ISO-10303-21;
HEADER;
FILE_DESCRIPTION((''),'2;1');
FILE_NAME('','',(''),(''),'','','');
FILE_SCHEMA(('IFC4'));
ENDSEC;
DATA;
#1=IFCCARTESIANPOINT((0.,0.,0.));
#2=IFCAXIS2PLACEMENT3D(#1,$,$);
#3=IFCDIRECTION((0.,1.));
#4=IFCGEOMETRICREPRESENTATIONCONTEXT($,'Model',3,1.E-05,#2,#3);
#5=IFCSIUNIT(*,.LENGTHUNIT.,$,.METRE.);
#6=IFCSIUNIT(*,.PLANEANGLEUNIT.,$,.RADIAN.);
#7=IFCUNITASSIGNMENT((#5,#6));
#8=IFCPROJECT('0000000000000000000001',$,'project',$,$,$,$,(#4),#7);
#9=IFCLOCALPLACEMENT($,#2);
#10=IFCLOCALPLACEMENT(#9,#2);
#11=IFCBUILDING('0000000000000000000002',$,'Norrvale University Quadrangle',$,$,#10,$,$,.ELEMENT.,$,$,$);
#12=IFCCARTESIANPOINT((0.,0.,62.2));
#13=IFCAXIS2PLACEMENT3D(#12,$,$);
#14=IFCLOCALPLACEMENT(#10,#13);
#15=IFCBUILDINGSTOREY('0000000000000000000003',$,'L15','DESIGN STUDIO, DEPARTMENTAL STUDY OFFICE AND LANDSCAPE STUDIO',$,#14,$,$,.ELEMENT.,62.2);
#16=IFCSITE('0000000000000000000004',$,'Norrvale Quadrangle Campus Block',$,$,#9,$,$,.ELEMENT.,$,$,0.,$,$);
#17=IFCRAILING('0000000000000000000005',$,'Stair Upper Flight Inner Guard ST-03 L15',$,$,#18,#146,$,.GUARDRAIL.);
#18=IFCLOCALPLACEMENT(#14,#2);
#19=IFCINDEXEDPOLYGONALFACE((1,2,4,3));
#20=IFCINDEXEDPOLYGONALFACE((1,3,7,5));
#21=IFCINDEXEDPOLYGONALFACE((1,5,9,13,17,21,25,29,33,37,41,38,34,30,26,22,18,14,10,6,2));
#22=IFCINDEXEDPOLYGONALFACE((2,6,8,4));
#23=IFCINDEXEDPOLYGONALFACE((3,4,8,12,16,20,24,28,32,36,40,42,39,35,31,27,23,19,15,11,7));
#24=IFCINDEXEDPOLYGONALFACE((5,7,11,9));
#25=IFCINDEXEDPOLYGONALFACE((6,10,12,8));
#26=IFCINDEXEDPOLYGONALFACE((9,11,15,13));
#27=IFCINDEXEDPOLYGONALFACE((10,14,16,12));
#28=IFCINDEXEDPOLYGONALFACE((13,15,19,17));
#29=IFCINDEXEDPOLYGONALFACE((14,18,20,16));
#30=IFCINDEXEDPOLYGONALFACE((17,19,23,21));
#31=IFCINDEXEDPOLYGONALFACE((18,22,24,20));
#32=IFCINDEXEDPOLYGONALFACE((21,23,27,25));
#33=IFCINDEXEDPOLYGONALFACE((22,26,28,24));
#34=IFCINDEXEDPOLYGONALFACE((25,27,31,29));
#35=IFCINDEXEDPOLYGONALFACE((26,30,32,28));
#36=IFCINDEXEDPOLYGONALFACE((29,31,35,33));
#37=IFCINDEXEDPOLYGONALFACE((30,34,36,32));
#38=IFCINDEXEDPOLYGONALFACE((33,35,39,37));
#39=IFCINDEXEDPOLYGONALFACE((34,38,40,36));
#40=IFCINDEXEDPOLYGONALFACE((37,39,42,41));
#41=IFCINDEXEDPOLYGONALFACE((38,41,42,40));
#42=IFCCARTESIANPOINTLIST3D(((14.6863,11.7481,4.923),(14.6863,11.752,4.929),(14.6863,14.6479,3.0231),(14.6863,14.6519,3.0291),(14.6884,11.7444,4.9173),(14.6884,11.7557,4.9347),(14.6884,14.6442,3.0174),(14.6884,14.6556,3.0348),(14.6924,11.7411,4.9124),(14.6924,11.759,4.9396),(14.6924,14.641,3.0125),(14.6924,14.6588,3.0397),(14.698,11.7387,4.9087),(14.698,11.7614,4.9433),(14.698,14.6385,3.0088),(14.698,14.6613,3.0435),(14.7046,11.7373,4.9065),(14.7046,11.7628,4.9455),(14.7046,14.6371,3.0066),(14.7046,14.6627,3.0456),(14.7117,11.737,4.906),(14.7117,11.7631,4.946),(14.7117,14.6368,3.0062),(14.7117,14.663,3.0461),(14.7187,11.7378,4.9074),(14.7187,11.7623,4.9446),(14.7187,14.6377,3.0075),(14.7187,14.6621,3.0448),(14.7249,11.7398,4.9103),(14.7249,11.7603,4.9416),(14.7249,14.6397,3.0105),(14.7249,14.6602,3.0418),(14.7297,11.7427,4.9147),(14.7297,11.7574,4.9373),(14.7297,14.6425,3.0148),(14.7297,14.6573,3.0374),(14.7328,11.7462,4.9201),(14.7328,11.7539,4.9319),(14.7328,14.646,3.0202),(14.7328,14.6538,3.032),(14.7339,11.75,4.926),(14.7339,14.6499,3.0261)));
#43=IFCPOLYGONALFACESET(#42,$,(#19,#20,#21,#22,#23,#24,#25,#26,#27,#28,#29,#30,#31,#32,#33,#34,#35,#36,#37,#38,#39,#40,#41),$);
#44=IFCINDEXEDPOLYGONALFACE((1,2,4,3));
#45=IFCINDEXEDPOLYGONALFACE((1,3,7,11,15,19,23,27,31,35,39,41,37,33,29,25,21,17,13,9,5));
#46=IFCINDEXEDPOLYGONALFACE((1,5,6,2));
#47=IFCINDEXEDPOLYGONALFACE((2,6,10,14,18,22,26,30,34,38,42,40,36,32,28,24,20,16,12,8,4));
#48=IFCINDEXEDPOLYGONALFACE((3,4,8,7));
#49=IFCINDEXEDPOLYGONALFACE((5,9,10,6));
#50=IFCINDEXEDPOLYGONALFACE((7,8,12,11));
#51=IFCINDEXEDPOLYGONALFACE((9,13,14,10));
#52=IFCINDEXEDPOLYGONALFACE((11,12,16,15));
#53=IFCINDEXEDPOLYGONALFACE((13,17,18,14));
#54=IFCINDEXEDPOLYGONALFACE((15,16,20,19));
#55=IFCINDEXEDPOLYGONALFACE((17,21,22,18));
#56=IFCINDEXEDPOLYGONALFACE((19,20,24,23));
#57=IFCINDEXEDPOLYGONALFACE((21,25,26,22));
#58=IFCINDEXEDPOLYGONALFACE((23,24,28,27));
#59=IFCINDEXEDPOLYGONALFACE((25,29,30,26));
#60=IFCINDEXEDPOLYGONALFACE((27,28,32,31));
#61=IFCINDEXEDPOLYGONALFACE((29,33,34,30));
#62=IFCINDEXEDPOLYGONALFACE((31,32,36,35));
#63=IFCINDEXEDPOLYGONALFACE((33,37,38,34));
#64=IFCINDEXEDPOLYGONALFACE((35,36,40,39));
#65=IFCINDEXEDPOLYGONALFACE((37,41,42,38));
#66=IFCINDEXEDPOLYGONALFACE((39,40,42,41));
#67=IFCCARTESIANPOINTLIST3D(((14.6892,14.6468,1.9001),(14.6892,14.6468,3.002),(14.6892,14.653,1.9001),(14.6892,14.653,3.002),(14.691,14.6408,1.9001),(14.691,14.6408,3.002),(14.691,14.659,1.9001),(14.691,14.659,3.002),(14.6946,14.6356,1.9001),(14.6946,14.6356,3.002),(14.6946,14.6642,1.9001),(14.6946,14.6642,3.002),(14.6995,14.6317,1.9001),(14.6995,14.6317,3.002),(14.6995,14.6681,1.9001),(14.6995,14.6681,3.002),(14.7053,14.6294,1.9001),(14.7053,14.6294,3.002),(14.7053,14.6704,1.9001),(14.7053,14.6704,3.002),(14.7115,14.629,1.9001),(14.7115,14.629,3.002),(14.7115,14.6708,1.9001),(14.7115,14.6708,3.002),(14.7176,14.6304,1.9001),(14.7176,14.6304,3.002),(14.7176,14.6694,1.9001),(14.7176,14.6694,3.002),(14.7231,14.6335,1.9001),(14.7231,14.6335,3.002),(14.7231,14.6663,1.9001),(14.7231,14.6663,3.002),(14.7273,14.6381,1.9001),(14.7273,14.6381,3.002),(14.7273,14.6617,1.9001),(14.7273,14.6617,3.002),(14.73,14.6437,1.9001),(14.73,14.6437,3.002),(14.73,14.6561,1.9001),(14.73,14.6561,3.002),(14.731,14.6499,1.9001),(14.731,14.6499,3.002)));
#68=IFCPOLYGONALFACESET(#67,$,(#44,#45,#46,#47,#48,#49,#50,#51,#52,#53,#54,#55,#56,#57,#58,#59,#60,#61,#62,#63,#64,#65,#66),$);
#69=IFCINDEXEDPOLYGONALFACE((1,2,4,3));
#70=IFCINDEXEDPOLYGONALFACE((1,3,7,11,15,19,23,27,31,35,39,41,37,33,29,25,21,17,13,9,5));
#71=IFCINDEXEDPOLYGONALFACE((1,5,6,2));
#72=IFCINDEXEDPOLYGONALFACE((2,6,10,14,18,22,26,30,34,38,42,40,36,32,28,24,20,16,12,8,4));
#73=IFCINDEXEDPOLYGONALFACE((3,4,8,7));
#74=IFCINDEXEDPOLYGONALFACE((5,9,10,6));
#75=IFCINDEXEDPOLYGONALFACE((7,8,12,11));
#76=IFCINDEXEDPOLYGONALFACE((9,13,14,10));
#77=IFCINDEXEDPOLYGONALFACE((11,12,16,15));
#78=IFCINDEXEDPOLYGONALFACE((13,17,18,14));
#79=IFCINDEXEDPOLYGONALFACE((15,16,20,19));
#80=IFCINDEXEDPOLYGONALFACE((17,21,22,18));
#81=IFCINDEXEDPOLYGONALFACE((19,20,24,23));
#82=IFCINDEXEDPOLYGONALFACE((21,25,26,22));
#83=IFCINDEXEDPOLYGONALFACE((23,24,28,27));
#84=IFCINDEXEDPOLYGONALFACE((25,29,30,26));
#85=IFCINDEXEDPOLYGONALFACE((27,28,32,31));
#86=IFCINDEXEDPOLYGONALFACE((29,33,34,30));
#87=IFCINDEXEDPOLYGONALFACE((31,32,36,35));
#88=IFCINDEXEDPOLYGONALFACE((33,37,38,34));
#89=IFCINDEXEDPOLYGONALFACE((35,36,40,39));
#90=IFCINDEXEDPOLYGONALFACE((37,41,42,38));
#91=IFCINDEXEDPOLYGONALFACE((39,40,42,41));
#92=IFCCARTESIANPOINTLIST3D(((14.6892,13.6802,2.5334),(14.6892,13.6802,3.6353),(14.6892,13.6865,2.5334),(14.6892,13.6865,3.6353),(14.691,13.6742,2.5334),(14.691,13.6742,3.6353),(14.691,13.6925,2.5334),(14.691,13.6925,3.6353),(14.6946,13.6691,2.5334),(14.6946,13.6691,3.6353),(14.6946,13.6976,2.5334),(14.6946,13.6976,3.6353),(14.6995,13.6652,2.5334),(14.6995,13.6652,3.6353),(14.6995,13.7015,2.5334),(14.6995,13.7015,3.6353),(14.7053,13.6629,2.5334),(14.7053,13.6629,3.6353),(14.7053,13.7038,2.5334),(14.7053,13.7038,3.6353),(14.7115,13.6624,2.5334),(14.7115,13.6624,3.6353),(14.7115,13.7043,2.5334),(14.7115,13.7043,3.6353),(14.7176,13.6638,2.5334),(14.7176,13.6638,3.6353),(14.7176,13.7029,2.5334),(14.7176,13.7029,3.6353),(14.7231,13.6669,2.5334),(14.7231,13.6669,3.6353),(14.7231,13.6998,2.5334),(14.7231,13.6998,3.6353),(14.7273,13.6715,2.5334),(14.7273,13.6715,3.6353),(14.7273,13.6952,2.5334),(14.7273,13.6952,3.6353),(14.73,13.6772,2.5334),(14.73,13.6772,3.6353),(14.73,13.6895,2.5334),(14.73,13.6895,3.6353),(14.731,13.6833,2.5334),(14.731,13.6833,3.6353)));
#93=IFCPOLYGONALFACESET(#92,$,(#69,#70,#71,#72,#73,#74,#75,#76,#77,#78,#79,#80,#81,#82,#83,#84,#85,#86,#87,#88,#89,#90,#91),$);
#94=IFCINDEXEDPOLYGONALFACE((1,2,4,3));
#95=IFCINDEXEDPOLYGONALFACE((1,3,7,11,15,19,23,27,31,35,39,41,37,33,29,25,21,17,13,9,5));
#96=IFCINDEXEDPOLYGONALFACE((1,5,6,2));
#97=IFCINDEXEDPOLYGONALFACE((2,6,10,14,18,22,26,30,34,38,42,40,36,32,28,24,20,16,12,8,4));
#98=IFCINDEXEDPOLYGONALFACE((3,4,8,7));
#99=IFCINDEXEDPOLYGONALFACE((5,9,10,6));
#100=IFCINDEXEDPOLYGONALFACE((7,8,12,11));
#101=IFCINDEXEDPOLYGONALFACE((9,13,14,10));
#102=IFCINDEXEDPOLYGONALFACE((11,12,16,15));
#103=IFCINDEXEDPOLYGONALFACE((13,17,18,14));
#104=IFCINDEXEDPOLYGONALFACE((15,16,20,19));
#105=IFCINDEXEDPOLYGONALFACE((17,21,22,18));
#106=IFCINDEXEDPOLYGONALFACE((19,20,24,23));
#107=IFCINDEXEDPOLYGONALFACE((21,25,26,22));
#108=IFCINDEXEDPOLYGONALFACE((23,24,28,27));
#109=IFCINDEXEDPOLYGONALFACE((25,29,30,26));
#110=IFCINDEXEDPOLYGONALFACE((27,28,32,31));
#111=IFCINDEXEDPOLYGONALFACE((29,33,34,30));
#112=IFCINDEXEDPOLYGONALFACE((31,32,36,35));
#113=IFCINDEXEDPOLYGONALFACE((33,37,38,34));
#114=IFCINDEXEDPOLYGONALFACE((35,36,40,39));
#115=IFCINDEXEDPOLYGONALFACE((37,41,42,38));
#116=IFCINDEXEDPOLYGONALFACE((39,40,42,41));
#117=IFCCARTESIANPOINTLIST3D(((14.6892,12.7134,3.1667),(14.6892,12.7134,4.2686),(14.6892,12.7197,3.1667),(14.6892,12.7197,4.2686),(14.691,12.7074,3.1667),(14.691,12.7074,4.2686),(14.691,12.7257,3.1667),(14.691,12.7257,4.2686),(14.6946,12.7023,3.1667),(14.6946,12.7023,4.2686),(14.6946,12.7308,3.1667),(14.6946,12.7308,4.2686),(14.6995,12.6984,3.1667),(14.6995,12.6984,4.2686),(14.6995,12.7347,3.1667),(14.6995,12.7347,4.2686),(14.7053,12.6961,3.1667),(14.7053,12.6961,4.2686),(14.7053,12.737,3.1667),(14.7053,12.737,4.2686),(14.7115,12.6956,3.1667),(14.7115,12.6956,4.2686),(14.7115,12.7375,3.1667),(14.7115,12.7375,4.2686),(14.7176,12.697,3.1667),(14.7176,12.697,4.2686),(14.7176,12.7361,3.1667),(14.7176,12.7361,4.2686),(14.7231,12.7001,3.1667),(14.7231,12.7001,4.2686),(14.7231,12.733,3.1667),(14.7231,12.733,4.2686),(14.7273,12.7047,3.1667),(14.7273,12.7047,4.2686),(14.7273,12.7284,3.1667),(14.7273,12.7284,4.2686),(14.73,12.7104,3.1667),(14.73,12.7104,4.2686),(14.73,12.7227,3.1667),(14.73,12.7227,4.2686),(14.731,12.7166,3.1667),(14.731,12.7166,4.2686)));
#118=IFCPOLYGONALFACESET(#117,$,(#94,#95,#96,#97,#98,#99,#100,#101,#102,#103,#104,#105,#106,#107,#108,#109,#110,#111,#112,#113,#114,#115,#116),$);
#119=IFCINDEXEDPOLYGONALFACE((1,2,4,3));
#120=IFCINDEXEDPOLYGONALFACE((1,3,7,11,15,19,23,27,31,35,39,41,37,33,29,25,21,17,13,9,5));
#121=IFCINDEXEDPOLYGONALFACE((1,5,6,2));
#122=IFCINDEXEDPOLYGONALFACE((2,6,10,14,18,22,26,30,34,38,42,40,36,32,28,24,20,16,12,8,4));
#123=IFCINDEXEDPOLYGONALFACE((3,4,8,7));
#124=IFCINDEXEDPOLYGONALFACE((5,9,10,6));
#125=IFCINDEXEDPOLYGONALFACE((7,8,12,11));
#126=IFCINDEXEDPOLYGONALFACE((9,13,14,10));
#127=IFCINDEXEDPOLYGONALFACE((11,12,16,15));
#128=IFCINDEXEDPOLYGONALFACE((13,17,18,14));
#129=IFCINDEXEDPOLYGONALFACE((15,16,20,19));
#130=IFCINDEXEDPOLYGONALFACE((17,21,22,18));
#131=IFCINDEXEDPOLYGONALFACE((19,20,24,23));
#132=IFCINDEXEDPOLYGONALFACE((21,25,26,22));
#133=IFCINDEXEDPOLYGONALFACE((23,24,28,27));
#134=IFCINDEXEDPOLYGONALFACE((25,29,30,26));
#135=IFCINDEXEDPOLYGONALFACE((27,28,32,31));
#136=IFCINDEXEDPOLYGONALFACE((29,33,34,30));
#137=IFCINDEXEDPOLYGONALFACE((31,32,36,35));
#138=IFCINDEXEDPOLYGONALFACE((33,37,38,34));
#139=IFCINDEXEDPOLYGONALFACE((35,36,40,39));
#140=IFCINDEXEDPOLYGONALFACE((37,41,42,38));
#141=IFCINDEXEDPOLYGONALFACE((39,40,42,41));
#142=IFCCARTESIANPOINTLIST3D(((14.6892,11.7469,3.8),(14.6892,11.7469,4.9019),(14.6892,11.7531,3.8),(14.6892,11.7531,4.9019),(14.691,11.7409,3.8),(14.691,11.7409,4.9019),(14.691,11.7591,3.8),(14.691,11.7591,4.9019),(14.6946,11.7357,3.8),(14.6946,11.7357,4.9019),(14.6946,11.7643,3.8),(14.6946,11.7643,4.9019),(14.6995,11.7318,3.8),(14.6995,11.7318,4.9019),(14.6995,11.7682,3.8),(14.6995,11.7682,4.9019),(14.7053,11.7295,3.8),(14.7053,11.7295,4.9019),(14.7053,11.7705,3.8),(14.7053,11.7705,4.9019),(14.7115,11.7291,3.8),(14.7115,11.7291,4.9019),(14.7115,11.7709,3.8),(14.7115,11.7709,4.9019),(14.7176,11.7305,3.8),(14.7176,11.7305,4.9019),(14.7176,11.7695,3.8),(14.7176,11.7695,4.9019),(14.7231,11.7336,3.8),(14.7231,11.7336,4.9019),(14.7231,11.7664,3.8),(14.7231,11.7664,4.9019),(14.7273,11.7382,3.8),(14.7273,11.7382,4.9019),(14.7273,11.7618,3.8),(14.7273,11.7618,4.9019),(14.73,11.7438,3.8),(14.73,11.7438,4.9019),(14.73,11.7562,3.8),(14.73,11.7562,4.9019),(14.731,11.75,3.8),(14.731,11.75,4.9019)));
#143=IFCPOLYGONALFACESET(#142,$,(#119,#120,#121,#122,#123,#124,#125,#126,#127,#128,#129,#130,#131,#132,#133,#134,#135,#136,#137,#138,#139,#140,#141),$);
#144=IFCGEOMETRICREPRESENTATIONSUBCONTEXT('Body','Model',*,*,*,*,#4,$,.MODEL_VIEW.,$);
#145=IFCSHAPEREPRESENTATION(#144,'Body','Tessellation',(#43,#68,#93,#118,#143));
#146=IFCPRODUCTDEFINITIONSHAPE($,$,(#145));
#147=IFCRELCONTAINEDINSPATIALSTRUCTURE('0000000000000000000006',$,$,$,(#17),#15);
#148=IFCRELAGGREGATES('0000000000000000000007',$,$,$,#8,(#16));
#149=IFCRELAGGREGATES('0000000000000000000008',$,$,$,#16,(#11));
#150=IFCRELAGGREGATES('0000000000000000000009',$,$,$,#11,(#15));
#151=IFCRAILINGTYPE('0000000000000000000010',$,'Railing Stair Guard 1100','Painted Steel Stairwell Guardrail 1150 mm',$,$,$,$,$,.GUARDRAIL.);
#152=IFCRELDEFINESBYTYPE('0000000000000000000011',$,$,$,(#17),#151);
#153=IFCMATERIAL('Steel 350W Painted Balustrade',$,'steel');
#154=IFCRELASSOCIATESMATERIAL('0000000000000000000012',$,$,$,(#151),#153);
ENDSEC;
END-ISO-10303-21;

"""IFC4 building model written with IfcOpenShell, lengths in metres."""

from ifc_helpers import new_model, si_unit, direction, frame, origin, origin_2d, place, context, subcontext, project, spatial, circle, extrude, material, type_object, element, save


model = new_model("IFC4")

# Units and contexts
model_context = context("Model", 3, precision=1e-05, world=origin(), true_north=direction((0.0, 1.0)))
body_context = subcontext(model_context, "Body", "Model", "MODEL_VIEW")
ifc_project = project(units=[si_unit("LENGTHUNIT", "METRE"), si_unit("PLANEANGLEUNIT", "RADIAN")], contexts=[model_context])

# Site, building, storey
site_placement = place(None, origin())
site = spatial("IfcSite", under=ifc_project, at=site_placement, Name="Norrvale Quadrangle Campus Block", CompositionType="ELEMENT", RefElevation=0.0)
building_placement = place(site_placement, origin())
building = spatial("IfcBuilding", under=site, at=building_placement, Name="Norrvale University Quadrangle", CompositionType="ELEMENT")
storey_placement = place(building_placement, frame((0.0, 0.0, 62.2)))
storey = spatial("IfcBuildingStorey", under=building, at=storey_placement, Name="L15", Description="DESIGN STUDIO, DEPARTMENTAL STUDY OFFICE AND LANDSCAPE STUDIO", CompositionType="ELEMENT", Elevation=62.2)

# Railing
ifc_material_1 = material(Name="Steel 350W Painted Balustrade", Category="steel")
railing_type_1 = type_object("IfcRailingType", Name="Railing Stair Guard 1100", Description="Painted Steel Stairwell Guardrail 1150 mm", PredefinedType="GUARDRAIL", material=ifc_material_1)
railing_1_placement = place(storey_placement, frame((14.71, 14.6499, 1.9001)))
element("IfcRailing", 1, at=railing_1_placement, inside=storey, type_object=railing_type_1, Name="Stair Upper Flight Inner Guard ST-03 L15", PredefinedType="GUARDRAIL", context=body_context, shape_type="SweptSolid", body=[
    extrude(circle(Radius=0.0239, at=origin_2d()), frame((0.0, 0.0, 1.126), z_axis=(0.0, -0.836466, 0.548019), x_axis=(1.0, 0.0, 0.0)), (0.0, 0.0, 1.0), 3.4668),
    extrude(circle(Radius=0.021, at=origin_2d()), origin(), (0.0, 0.0, 1.0), 1.1018),
    extrude(circle(Radius=0.021, at=origin_2d()), frame((0.0, -0.9666, 0.6333)), (0.0, 0.0, 1.0), 1.1018),
    extrude(circle(Radius=0.021, at=origin_2d()), frame((0.0, -1.9333, 1.2666)), (0.0, 0.0, 1.0), 1.1018),
    extrude(circle(Radius=0.021, at=origin_2d()), frame((0.0, -2.8999, 1.8999)), (0.0, 0.0, 1.0), 1.1018),
])

save(model, "model.ifc")
